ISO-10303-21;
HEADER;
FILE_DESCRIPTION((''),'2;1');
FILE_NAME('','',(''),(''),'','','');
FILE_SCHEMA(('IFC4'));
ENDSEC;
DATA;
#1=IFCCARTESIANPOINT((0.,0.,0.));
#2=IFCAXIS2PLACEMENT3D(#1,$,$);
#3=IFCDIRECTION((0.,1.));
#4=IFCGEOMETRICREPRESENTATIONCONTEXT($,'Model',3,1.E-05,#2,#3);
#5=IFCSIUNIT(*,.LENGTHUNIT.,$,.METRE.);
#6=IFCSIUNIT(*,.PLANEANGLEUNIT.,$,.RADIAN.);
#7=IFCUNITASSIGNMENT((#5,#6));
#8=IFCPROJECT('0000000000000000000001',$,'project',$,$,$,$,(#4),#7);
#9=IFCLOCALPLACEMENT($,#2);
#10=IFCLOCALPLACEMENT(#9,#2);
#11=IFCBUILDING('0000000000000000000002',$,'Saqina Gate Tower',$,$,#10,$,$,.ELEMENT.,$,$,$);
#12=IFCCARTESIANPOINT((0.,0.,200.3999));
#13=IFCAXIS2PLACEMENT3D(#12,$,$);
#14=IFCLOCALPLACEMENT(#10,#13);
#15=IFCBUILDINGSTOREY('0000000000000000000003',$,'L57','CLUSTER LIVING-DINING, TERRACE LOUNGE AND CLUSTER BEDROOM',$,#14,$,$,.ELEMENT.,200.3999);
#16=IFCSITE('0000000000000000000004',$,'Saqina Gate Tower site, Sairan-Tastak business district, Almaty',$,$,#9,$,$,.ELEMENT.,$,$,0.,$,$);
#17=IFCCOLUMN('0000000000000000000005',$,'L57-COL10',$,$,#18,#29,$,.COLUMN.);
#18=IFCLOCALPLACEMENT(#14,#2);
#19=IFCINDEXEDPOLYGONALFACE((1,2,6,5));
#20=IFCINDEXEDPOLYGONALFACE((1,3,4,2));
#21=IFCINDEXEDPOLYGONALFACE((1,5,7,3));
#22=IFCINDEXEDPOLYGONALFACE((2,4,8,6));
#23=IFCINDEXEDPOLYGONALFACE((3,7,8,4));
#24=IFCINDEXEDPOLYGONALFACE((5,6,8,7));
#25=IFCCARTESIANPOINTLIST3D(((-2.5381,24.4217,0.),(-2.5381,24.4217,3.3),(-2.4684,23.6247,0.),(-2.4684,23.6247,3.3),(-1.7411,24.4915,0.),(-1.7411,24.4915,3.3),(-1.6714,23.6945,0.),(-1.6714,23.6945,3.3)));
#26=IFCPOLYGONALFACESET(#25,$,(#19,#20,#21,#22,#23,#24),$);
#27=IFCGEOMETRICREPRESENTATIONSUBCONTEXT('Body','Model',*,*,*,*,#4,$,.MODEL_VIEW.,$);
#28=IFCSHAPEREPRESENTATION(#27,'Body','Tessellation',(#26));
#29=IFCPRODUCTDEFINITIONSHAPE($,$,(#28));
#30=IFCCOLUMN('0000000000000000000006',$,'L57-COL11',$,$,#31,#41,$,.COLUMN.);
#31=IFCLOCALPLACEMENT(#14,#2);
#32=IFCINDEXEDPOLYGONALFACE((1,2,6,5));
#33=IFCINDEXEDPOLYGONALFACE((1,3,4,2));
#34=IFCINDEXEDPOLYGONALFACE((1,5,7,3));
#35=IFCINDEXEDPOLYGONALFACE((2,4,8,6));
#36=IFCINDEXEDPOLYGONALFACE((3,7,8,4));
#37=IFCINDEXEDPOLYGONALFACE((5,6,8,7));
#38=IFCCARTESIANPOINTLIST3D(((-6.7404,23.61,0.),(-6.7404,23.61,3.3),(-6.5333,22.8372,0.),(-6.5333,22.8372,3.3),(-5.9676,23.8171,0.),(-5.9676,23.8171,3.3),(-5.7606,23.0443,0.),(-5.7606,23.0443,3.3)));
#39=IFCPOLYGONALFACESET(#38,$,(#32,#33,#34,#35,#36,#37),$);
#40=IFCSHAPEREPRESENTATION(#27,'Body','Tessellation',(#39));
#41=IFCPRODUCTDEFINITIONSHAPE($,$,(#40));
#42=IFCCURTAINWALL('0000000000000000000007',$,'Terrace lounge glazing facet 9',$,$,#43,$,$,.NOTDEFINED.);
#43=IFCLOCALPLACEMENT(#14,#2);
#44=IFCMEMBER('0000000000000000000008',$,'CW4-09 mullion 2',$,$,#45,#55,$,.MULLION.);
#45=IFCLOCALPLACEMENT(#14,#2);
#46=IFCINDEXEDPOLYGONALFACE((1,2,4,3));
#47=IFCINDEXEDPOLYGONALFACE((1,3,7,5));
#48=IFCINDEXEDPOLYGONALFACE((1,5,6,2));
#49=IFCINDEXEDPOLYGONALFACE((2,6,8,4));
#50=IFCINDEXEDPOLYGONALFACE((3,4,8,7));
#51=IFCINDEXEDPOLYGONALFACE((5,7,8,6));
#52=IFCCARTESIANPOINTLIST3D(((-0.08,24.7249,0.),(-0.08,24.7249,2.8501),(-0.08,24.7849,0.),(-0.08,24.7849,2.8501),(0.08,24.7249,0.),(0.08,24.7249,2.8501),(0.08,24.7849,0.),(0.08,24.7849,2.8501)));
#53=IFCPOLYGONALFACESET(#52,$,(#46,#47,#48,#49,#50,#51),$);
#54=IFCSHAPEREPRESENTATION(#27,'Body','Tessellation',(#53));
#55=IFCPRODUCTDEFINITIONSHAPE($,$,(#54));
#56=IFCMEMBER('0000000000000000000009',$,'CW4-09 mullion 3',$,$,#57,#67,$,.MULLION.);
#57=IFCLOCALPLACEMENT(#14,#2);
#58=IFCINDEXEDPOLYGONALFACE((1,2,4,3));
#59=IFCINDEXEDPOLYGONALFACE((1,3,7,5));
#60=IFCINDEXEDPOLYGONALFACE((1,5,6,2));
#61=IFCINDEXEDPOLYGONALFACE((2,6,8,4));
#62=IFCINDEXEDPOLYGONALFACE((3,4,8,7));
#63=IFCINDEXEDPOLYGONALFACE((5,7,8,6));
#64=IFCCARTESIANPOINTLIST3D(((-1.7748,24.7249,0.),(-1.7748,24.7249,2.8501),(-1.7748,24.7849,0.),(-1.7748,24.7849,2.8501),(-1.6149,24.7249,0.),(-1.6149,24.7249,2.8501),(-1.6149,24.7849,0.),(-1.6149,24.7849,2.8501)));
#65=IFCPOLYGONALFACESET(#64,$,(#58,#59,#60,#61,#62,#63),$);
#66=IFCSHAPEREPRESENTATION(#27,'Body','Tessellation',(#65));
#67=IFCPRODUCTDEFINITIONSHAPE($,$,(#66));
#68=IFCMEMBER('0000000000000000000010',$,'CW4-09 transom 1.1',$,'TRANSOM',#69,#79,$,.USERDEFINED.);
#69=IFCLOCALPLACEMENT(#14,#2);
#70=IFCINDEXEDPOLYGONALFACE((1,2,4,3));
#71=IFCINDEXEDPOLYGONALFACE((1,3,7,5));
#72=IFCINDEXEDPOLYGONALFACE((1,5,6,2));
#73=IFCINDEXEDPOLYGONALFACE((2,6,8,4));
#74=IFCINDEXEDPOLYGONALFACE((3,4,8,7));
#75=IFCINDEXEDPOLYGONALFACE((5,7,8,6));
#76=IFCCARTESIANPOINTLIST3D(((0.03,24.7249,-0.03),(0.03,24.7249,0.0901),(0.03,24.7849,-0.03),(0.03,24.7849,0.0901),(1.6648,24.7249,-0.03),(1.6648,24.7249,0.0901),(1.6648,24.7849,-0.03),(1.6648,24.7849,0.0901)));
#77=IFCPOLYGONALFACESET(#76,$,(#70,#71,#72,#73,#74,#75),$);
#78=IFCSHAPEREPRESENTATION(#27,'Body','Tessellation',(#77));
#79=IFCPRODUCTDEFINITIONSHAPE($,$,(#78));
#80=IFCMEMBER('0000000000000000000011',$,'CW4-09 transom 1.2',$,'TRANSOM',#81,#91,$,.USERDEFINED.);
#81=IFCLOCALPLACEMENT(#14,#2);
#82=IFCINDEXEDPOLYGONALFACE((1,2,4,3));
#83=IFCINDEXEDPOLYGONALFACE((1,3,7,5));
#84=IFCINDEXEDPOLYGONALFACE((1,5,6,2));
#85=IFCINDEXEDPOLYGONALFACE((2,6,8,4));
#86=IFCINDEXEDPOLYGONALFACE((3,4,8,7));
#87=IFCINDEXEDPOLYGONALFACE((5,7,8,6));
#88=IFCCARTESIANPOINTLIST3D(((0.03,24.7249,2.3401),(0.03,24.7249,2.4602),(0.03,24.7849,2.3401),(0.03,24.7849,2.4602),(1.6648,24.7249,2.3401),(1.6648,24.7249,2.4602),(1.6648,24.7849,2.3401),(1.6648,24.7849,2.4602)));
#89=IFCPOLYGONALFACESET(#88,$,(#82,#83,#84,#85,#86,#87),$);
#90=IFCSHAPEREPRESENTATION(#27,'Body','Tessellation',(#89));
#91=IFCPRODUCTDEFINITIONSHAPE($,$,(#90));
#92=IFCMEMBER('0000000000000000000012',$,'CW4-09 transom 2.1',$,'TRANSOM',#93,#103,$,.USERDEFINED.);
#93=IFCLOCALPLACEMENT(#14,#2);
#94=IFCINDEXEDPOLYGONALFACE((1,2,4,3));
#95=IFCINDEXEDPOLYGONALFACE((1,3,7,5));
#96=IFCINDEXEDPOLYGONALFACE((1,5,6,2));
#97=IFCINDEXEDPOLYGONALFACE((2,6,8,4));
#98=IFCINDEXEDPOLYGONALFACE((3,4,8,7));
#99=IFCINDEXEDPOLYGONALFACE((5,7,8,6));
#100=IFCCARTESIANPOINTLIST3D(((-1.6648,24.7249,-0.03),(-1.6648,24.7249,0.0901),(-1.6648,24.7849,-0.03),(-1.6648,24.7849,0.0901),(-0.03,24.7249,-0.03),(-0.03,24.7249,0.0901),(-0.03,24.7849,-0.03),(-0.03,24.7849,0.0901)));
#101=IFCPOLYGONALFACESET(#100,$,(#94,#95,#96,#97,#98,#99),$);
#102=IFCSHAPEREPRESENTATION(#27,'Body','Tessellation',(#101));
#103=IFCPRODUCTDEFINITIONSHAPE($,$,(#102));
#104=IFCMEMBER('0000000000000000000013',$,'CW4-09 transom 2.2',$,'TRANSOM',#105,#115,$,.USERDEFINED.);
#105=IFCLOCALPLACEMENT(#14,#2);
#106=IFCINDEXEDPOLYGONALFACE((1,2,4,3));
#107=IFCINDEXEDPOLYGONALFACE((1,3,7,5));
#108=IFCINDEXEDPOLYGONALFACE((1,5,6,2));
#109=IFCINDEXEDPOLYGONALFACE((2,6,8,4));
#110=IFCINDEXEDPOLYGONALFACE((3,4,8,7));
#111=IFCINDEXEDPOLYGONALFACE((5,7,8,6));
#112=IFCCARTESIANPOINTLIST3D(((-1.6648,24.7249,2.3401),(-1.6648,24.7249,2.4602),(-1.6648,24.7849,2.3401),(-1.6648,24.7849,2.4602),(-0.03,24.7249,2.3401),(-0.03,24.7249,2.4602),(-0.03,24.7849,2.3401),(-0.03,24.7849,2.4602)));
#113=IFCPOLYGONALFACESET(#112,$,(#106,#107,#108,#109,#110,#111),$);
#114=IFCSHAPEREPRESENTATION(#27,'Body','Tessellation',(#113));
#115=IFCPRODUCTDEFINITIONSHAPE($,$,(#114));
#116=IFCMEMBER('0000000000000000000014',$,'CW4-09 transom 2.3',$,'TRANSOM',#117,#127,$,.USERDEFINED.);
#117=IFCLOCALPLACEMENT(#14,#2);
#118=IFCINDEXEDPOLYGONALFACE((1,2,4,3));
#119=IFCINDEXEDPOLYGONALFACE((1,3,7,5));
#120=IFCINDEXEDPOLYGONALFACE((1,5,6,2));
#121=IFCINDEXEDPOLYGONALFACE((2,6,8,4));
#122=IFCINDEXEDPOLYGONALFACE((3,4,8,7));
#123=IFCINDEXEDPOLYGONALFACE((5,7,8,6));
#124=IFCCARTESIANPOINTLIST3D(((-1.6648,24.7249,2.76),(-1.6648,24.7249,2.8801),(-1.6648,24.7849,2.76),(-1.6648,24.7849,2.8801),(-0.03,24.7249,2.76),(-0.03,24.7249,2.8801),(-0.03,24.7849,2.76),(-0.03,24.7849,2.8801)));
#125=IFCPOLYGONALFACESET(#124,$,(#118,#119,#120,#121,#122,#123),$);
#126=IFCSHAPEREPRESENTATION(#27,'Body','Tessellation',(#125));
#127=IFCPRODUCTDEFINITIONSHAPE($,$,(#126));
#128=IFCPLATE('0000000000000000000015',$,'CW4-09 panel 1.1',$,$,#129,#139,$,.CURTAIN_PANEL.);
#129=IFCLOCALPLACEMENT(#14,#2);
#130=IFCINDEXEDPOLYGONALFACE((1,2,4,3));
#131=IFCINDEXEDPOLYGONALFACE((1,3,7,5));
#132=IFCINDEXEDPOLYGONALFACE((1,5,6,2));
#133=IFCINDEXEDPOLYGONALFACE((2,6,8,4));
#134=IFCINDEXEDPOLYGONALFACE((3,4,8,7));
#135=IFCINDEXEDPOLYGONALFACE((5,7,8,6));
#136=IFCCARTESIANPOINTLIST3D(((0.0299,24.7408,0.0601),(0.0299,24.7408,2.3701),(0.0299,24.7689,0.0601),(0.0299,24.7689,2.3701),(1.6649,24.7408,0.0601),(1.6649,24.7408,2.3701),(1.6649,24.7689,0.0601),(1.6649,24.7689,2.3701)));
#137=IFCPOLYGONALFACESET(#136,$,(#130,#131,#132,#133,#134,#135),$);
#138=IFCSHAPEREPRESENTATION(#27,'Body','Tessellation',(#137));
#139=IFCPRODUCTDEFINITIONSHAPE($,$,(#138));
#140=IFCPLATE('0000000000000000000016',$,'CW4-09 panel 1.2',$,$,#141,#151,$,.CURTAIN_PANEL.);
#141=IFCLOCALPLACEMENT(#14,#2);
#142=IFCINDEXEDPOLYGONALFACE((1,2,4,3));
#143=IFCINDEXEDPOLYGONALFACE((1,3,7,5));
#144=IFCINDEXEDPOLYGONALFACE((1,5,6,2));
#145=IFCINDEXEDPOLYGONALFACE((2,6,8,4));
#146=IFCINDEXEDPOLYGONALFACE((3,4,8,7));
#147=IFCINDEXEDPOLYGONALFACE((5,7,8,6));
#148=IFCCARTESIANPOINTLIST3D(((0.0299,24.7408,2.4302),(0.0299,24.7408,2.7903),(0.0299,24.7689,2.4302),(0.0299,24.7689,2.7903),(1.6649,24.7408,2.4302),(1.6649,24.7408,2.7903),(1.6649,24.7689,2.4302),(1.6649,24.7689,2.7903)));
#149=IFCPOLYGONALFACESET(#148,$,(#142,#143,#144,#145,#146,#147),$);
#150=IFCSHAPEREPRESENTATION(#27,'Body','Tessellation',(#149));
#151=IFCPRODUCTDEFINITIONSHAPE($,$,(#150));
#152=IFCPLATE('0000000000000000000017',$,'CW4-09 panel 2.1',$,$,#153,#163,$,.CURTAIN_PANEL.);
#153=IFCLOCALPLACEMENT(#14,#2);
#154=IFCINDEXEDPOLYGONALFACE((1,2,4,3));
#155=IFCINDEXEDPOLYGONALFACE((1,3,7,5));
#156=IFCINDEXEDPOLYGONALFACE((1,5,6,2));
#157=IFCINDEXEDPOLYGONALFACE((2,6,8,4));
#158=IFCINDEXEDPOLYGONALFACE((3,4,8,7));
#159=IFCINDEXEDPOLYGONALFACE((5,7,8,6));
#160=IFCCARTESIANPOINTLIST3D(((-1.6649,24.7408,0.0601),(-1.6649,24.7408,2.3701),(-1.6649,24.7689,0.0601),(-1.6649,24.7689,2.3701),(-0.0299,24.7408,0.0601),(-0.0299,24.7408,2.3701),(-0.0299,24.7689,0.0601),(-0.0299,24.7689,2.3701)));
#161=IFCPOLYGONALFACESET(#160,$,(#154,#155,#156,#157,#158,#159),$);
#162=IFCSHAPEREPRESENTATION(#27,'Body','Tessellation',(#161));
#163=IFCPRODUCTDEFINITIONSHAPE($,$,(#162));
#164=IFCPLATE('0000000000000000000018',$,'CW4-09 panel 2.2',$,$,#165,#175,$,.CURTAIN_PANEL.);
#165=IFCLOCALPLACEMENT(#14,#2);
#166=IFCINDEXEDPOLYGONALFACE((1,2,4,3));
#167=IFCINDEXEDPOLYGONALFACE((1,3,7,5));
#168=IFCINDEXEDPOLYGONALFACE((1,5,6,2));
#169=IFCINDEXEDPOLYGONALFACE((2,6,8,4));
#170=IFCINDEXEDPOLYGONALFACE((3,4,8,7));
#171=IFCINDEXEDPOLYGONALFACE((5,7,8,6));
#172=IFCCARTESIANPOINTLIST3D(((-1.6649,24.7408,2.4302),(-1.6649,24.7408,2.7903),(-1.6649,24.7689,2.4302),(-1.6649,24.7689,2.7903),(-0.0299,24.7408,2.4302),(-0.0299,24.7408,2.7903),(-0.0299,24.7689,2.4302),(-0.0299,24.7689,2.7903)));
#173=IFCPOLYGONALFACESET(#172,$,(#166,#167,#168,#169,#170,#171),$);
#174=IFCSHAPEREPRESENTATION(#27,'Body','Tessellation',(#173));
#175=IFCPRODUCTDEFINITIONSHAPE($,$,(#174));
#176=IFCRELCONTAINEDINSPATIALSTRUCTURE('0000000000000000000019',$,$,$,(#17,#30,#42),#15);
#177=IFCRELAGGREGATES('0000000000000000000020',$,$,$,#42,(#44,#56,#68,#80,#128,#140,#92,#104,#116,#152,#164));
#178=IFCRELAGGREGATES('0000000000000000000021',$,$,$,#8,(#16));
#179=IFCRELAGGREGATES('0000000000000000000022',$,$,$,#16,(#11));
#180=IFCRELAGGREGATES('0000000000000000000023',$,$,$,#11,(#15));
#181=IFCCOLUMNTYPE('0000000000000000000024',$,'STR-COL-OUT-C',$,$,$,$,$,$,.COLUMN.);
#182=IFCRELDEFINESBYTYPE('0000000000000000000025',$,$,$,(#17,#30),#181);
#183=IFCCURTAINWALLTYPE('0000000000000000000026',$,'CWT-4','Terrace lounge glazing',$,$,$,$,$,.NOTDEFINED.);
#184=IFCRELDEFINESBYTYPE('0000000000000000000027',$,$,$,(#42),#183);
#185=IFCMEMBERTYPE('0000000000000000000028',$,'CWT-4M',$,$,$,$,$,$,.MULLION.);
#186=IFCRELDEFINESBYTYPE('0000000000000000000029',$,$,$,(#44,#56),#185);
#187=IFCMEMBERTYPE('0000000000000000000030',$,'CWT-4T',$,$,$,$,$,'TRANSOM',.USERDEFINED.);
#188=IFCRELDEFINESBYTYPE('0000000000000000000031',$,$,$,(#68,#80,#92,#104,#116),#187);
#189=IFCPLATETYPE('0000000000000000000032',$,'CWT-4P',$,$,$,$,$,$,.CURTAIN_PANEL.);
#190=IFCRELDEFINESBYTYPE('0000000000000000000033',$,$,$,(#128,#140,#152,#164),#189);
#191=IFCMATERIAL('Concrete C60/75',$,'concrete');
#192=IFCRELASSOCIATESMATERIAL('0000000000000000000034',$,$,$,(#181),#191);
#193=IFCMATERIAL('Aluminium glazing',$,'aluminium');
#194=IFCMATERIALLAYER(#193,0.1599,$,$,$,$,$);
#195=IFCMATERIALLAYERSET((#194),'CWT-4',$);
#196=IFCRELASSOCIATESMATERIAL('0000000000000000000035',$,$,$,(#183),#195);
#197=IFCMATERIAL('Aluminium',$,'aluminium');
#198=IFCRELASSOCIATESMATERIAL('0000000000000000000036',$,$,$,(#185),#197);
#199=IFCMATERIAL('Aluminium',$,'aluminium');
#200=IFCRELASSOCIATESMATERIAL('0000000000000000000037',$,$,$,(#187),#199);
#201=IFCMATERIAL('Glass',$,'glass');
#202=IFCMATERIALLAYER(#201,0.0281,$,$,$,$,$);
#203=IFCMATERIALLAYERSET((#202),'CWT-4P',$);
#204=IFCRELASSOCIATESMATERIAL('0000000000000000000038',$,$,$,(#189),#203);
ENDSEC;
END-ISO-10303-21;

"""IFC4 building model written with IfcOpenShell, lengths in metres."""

from ifc_helpers import new_model, si_unit, direction, frame, origin, origin_2d, place, context, subcontext, project, spatial, rectangle, extrude, material, layer, layer_set, material_profile, profile_set, type_object, element, aggregate, save


model = new_model("IFC4")

# Units and contexts
model_context = context("Model", 3, precision=1e-05, world=origin(), true_north=direction((0.0, 1.0)))
body_context = subcontext(model_context, "Body", "Model", "MODEL_VIEW")
ifc_project = project(units=[si_unit("LENGTHUNIT", "METRE"), si_unit("PLANEANGLEUNIT", "RADIAN")], contexts=[model_context])

# Site, building, storey
site_placement = place(None, origin())
site = spatial("IfcSite", under=ifc_project, at=site_placement, Name="Saqina Gate Tower site, Sairan-Tastak business district, Almaty", CompositionType="ELEMENT", RefElevation=0.0)
building_placement = place(site_placement, origin())
building = spatial("IfcBuilding", under=site, at=building_placement, Name="Saqina Gate Tower", CompositionType="ELEMENT")
storey_placement = place(building_placement, frame((0.0, 0.0, 200.3999)))
storey = spatial("IfcBuildingStorey", under=building, at=storey_placement, Name="L57", Description="CLUSTER LIVING-DINING, TERRACE LOUNGE AND CLUSTER BEDROOM", CompositionType="ELEMENT", Elevation=200.3999)

# Columns
ifc_material_1 = material(Name="Concrete C60/75", Category="concrete")
ifc_material_profile_1 = material_profile(ifc_material_1, rectangle(XDim=0.8, YDim=0.8, at=origin_2d()), Name="RC 800x800")
ifc_profile_set_1 = profile_set([ifc_material_profile_1], Name="Concrete C60/75")
column_type = type_object("IfcColumnType", Name="STR-COL-OUT-C", PredefinedType="COLUMN", material=ifc_profile_set_1)
for number, where, z_axis, x_axis, name in (
    (1, (-2.1047, 24.0581, 0.0), (0.0, 0.0, 1.0), (-0.087156, 0.996195, 0.0), "L57-COL10"),
    (2, (-6.2505, 23.3271, 0.0), (0.0, 0.0, 1.0), (-0.258819, 0.965926, 0.0), "L57-COL11"),
):
    element("IfcColumn", number, at=place(storey_placement, frame(where, z_axis=z_axis, x_axis=x_axis)), inside=storey, type_object=column_type, Name=name, PredefinedType="COLUMN", context=body_context, shape_type="SweptSolid", body=[
        extrude(rectangle(XDim=0.8, YDim=0.8, at=origin_2d()), origin(), (0.0, 0.0, 1.0), 3.3),
    ])

# Curtain wall, members, plates
ifc_material_2 = material(Name="Aluminium glazing", Category="aluminium")
ifc_layer_1 = layer(ifc_material_2, 0.1599)
ifc_layer_set_1 = layer_set([ifc_layer_1], Name="CWT-4")
curtain_wall_type = type_object("IfcCurtainWallType", Name="CWT-4", Description="Terrace lounge glazing", PredefinedType="NOTDEFINED", material=ifc_layer_set_1)
curtain_wall_placement = place(storey_placement, origin())
curtain_wall = element("IfcCurtainWall", 3, at=curtain_wall_placement, inside=storey, type_object=curtain_wall_type, Name="Terrace lounge glazing facet 9", PredefinedType="NOTDEFINED")
ifc_material_3 = material(Name="Aluminium", Category="aluminium")
ifc_material_profile_2 = material_profile(ifc_material_3, rectangle(XDim=0.0601, YDim=0.1599, at=origin_2d()), Name="Aluminium 60x160")
ifc_profile_set_2 = profile_set([ifc_material_profile_2], Name="Aluminium")
member_type_1 = type_object("IfcMemberType", Name="CWT-4M", PredefinedType="MULLION", material=ifc_profile_set_2)
member_1_placement = place(storey_placement, frame((0.0, 24.7549, 0.0), z_axis=(0.0, 0.0, 1.0), x_axis=(0.0, -1.0, 0.0)))
member_1 = element("IfcMember", 4, at=member_1_placement, type_object=member_type_1, Name="CW4-09 mullion 2", PredefinedType="MULLION", context=body_context, shape_type="SweptSolid", body=[
    extrude(rectangle(XDim=0.0601, YDim=0.1599, at=origin_2d()), origin(), (0.0, 0.0, 1.0), 2.8501),
])
member_2_placement = place(storey_placement, frame((-1.6948, 24.7549, 0.0), z_axis=(0.0, 0.0, 1.0), x_axis=(0.0, -1.0, 0.0)))
member_2 = element("IfcMember", 5, at=member_2_placement, type_object=member_type_1, Name="CW4-09 mullion 3", PredefinedType="MULLION", context=body_context, shape_type="SweptSolid", body=[
    extrude(rectangle(XDim=0.0601, YDim=0.1599, at=origin_2d()), origin(), (0.0, 0.0, 1.0), 2.8501),
])
ifc_material_4 = material(Name="Aluminium", Category="aluminium")
ifc_material_profile_3 = material_profile(ifc_material_4, rectangle(XDim=0.0601, YDim=0.1201, at=origin_2d()), Name="Aluminium 60x120")
ifc_profile_set_3 = profile_set([ifc_material_profile_3], Name="Aluminium")
member_type_2 = type_object("IfcMemberType", Name="CWT-4T", ElementType="TRANSOM", PredefinedType="USERDEFINED", material=ifc_profile_set_3)
member_3_placement = place(storey_placement, frame((1.6648, 24.7549, 0.03), z_axis=(-1.0, 0.0, 0.0), x_axis=(0.0, -1.0, 0.0)))
member_3 = element("IfcMember", 6, at=member_3_placement, type_object=member_type_2, Name="CW4-09 transom 1.1", ObjectType="TRANSOM", PredefinedType="USERDEFINED", context=body_context, shape_type="SweptSolid", body=[
    extrude(rectangle(XDim=0.0601, YDim=0.1201, at=origin_2d()), origin(), (0.0, 0.0, 1.0), 1.6348),
])
member_4_placement = place(storey_placement, frame((1.6648, 24.7549, 2.4001), z_axis=(-1.0, 0.0, 0.0), x_axis=(0.0, -1.0, 0.0)))
member_4 = element("IfcMember", 7, at=member_4_placement, type_object=member_type_2, Name="CW4-09 transom 1.2", ObjectType="TRANSOM", PredefinedType="USERDEFINED", context=body_context, shape_type="SweptSolid", body=[
    extrude(rectangle(XDim=0.0601, YDim=0.1201, at=origin_2d()), origin(), (0.0, 0.0, 1.0), 1.6348),
])
member_5_placement = place(storey_placement, frame((-0.03, 24.7549, 0.03), z_axis=(-1.0, 0.0, 0.0), x_axis=(0.0, -1.0, 0.0)))
member_5 = element("IfcMember", 8, at=member_5_placement, type_object=member_type_2, Name="CW4-09 transom 2.1", ObjectType="TRANSOM", PredefinedType="USERDEFINED", context=body_context, shape_type="SweptSolid", body=[
    extrude(rectangle(XDim=0.0601, YDim=0.1201, at=origin_2d()), origin(), (0.0, 0.0, 1.0), 1.6348),
])
member_6_placement = place(storey_placement, frame((-0.03, 24.7549, 2.4001), z_axis=(-1.0, 0.0, 0.0), x_axis=(0.0, -1.0, 0.0)))
member_6 = element("IfcMember", 9, at=member_6_placement, type_object=member_type_2, Name="CW4-09 transom 2.2", ObjectType="TRANSOM", PredefinedType="USERDEFINED", context=body_context, shape_type="SweptSolid", body=[
    extrude(rectangle(XDim=0.0601, YDim=0.1201, at=origin_2d()), origin(), (0.0, 0.0, 1.0), 1.6348),
])
member_7_placement = place(storey_placement, frame((-0.03, 24.7549, 2.8201), z_axis=(-1.0, 0.0, 0.0), x_axis=(0.0, -1.0, 0.0)))
member_7 = element("IfcMember", 10, at=member_7_placement, type_object=member_type_2, Name="CW4-09 transom 2.3", ObjectType="TRANSOM", PredefinedType="USERDEFINED", context=body_context, shape_type="SweptSolid", body=[
    extrude(rectangle(XDim=0.0601, YDim=0.1201, at=origin_2d()), origin(), (0.0, 0.0, 1.0), 1.6348),
])
ifc_material_5 = material(Name="Glass", Category="glass")
ifc_layer_2 = layer(ifc_material_5, 0.0281)
ifc_layer_set_2 = layer_set([ifc_layer_2], Name="CWT-4P")
plate_type = type_object("IfcPlateType", Name="CWT-4P", PredefinedType="CURTAIN_PANEL", material=ifc_layer_set_2)
plate_1_placement = place(storey_placement, frame((0.8474, 24.7549, 0.0601), z_axis=(0.0, 0.0, 1.0), x_axis=(-1.0, 0.0, 0.0)))
plate_1 = element("IfcPlate", 11, at=plate_1_placement, type_object=plate_type, Name="CW4-09 panel 1.1", PredefinedType="CURTAIN_PANEL", context=body_context, shape_type="SweptSolid", body=[
    extrude(rectangle(XDim=1.635, YDim=0.0281, at=origin_2d()), origin(), (0.0, 0.0, 1.0), 2.3101),
])
plate_2_placement = place(storey_placement, frame((0.8474, 24.7549, 2.4302), z_axis=(0.0, 0.0, 1.0), x_axis=(-1.0, 0.0, 0.0)))
plate_2 = element("IfcPlate", 12, at=plate_2_placement, type_object=plate_type, Name="CW4-09 panel 1.2", PredefinedType="CURTAIN_PANEL", context=body_context, shape_type="SweptSolid", body=[
    extrude(rectangle(XDim=1.635, YDim=0.0281, at=origin_2d()), origin(), (0.0, 0.0, 1.0), 0.3601),
])
plate_3_placement = place(storey_placement, frame((-0.8474, 24.7549, 0.0601), z_axis=(0.0, 0.0, 1.0), x_axis=(-1.0, 0.0, 0.0)))
plate_3 = element("IfcPlate", 13, at=plate_3_placement, type_object=plate_type, Name="CW4-09 panel 2.1", PredefinedType="CURTAIN_PANEL", context=body_context, shape_type="SweptSolid", body=[
    extrude(rectangle(XDim=1.635, YDim=0.0281, at=origin_2d()), origin(), (0.0, 0.0, 1.0), 2.3101),
])
plate_4_placement = place(storey_placement, frame((-0.8474, 24.7549, 2.4302), z_axis=(0.0, 0.0, 1.0), x_axis=(-1.0, 0.0, 0.0)))
plate_4 = element("IfcPlate", 14, at=plate_4_placement, type_object=plate_type, Name="CW4-09 panel 2.2", PredefinedType="CURTAIN_PANEL", context=body_context, shape_type="SweptSolid", body=[
    extrude(rectangle(XDim=1.635, YDim=0.0281, at=origin_2d()), origin(), (0.0, 0.0, 1.0), 0.3601),
])
aggregate(curtain_wall, [member_1, member_2, member_3, member_4, plate_1, plate_2, member_5, member_6, member_7, plate_3, plate_4])

save(model, "model.ifc")
